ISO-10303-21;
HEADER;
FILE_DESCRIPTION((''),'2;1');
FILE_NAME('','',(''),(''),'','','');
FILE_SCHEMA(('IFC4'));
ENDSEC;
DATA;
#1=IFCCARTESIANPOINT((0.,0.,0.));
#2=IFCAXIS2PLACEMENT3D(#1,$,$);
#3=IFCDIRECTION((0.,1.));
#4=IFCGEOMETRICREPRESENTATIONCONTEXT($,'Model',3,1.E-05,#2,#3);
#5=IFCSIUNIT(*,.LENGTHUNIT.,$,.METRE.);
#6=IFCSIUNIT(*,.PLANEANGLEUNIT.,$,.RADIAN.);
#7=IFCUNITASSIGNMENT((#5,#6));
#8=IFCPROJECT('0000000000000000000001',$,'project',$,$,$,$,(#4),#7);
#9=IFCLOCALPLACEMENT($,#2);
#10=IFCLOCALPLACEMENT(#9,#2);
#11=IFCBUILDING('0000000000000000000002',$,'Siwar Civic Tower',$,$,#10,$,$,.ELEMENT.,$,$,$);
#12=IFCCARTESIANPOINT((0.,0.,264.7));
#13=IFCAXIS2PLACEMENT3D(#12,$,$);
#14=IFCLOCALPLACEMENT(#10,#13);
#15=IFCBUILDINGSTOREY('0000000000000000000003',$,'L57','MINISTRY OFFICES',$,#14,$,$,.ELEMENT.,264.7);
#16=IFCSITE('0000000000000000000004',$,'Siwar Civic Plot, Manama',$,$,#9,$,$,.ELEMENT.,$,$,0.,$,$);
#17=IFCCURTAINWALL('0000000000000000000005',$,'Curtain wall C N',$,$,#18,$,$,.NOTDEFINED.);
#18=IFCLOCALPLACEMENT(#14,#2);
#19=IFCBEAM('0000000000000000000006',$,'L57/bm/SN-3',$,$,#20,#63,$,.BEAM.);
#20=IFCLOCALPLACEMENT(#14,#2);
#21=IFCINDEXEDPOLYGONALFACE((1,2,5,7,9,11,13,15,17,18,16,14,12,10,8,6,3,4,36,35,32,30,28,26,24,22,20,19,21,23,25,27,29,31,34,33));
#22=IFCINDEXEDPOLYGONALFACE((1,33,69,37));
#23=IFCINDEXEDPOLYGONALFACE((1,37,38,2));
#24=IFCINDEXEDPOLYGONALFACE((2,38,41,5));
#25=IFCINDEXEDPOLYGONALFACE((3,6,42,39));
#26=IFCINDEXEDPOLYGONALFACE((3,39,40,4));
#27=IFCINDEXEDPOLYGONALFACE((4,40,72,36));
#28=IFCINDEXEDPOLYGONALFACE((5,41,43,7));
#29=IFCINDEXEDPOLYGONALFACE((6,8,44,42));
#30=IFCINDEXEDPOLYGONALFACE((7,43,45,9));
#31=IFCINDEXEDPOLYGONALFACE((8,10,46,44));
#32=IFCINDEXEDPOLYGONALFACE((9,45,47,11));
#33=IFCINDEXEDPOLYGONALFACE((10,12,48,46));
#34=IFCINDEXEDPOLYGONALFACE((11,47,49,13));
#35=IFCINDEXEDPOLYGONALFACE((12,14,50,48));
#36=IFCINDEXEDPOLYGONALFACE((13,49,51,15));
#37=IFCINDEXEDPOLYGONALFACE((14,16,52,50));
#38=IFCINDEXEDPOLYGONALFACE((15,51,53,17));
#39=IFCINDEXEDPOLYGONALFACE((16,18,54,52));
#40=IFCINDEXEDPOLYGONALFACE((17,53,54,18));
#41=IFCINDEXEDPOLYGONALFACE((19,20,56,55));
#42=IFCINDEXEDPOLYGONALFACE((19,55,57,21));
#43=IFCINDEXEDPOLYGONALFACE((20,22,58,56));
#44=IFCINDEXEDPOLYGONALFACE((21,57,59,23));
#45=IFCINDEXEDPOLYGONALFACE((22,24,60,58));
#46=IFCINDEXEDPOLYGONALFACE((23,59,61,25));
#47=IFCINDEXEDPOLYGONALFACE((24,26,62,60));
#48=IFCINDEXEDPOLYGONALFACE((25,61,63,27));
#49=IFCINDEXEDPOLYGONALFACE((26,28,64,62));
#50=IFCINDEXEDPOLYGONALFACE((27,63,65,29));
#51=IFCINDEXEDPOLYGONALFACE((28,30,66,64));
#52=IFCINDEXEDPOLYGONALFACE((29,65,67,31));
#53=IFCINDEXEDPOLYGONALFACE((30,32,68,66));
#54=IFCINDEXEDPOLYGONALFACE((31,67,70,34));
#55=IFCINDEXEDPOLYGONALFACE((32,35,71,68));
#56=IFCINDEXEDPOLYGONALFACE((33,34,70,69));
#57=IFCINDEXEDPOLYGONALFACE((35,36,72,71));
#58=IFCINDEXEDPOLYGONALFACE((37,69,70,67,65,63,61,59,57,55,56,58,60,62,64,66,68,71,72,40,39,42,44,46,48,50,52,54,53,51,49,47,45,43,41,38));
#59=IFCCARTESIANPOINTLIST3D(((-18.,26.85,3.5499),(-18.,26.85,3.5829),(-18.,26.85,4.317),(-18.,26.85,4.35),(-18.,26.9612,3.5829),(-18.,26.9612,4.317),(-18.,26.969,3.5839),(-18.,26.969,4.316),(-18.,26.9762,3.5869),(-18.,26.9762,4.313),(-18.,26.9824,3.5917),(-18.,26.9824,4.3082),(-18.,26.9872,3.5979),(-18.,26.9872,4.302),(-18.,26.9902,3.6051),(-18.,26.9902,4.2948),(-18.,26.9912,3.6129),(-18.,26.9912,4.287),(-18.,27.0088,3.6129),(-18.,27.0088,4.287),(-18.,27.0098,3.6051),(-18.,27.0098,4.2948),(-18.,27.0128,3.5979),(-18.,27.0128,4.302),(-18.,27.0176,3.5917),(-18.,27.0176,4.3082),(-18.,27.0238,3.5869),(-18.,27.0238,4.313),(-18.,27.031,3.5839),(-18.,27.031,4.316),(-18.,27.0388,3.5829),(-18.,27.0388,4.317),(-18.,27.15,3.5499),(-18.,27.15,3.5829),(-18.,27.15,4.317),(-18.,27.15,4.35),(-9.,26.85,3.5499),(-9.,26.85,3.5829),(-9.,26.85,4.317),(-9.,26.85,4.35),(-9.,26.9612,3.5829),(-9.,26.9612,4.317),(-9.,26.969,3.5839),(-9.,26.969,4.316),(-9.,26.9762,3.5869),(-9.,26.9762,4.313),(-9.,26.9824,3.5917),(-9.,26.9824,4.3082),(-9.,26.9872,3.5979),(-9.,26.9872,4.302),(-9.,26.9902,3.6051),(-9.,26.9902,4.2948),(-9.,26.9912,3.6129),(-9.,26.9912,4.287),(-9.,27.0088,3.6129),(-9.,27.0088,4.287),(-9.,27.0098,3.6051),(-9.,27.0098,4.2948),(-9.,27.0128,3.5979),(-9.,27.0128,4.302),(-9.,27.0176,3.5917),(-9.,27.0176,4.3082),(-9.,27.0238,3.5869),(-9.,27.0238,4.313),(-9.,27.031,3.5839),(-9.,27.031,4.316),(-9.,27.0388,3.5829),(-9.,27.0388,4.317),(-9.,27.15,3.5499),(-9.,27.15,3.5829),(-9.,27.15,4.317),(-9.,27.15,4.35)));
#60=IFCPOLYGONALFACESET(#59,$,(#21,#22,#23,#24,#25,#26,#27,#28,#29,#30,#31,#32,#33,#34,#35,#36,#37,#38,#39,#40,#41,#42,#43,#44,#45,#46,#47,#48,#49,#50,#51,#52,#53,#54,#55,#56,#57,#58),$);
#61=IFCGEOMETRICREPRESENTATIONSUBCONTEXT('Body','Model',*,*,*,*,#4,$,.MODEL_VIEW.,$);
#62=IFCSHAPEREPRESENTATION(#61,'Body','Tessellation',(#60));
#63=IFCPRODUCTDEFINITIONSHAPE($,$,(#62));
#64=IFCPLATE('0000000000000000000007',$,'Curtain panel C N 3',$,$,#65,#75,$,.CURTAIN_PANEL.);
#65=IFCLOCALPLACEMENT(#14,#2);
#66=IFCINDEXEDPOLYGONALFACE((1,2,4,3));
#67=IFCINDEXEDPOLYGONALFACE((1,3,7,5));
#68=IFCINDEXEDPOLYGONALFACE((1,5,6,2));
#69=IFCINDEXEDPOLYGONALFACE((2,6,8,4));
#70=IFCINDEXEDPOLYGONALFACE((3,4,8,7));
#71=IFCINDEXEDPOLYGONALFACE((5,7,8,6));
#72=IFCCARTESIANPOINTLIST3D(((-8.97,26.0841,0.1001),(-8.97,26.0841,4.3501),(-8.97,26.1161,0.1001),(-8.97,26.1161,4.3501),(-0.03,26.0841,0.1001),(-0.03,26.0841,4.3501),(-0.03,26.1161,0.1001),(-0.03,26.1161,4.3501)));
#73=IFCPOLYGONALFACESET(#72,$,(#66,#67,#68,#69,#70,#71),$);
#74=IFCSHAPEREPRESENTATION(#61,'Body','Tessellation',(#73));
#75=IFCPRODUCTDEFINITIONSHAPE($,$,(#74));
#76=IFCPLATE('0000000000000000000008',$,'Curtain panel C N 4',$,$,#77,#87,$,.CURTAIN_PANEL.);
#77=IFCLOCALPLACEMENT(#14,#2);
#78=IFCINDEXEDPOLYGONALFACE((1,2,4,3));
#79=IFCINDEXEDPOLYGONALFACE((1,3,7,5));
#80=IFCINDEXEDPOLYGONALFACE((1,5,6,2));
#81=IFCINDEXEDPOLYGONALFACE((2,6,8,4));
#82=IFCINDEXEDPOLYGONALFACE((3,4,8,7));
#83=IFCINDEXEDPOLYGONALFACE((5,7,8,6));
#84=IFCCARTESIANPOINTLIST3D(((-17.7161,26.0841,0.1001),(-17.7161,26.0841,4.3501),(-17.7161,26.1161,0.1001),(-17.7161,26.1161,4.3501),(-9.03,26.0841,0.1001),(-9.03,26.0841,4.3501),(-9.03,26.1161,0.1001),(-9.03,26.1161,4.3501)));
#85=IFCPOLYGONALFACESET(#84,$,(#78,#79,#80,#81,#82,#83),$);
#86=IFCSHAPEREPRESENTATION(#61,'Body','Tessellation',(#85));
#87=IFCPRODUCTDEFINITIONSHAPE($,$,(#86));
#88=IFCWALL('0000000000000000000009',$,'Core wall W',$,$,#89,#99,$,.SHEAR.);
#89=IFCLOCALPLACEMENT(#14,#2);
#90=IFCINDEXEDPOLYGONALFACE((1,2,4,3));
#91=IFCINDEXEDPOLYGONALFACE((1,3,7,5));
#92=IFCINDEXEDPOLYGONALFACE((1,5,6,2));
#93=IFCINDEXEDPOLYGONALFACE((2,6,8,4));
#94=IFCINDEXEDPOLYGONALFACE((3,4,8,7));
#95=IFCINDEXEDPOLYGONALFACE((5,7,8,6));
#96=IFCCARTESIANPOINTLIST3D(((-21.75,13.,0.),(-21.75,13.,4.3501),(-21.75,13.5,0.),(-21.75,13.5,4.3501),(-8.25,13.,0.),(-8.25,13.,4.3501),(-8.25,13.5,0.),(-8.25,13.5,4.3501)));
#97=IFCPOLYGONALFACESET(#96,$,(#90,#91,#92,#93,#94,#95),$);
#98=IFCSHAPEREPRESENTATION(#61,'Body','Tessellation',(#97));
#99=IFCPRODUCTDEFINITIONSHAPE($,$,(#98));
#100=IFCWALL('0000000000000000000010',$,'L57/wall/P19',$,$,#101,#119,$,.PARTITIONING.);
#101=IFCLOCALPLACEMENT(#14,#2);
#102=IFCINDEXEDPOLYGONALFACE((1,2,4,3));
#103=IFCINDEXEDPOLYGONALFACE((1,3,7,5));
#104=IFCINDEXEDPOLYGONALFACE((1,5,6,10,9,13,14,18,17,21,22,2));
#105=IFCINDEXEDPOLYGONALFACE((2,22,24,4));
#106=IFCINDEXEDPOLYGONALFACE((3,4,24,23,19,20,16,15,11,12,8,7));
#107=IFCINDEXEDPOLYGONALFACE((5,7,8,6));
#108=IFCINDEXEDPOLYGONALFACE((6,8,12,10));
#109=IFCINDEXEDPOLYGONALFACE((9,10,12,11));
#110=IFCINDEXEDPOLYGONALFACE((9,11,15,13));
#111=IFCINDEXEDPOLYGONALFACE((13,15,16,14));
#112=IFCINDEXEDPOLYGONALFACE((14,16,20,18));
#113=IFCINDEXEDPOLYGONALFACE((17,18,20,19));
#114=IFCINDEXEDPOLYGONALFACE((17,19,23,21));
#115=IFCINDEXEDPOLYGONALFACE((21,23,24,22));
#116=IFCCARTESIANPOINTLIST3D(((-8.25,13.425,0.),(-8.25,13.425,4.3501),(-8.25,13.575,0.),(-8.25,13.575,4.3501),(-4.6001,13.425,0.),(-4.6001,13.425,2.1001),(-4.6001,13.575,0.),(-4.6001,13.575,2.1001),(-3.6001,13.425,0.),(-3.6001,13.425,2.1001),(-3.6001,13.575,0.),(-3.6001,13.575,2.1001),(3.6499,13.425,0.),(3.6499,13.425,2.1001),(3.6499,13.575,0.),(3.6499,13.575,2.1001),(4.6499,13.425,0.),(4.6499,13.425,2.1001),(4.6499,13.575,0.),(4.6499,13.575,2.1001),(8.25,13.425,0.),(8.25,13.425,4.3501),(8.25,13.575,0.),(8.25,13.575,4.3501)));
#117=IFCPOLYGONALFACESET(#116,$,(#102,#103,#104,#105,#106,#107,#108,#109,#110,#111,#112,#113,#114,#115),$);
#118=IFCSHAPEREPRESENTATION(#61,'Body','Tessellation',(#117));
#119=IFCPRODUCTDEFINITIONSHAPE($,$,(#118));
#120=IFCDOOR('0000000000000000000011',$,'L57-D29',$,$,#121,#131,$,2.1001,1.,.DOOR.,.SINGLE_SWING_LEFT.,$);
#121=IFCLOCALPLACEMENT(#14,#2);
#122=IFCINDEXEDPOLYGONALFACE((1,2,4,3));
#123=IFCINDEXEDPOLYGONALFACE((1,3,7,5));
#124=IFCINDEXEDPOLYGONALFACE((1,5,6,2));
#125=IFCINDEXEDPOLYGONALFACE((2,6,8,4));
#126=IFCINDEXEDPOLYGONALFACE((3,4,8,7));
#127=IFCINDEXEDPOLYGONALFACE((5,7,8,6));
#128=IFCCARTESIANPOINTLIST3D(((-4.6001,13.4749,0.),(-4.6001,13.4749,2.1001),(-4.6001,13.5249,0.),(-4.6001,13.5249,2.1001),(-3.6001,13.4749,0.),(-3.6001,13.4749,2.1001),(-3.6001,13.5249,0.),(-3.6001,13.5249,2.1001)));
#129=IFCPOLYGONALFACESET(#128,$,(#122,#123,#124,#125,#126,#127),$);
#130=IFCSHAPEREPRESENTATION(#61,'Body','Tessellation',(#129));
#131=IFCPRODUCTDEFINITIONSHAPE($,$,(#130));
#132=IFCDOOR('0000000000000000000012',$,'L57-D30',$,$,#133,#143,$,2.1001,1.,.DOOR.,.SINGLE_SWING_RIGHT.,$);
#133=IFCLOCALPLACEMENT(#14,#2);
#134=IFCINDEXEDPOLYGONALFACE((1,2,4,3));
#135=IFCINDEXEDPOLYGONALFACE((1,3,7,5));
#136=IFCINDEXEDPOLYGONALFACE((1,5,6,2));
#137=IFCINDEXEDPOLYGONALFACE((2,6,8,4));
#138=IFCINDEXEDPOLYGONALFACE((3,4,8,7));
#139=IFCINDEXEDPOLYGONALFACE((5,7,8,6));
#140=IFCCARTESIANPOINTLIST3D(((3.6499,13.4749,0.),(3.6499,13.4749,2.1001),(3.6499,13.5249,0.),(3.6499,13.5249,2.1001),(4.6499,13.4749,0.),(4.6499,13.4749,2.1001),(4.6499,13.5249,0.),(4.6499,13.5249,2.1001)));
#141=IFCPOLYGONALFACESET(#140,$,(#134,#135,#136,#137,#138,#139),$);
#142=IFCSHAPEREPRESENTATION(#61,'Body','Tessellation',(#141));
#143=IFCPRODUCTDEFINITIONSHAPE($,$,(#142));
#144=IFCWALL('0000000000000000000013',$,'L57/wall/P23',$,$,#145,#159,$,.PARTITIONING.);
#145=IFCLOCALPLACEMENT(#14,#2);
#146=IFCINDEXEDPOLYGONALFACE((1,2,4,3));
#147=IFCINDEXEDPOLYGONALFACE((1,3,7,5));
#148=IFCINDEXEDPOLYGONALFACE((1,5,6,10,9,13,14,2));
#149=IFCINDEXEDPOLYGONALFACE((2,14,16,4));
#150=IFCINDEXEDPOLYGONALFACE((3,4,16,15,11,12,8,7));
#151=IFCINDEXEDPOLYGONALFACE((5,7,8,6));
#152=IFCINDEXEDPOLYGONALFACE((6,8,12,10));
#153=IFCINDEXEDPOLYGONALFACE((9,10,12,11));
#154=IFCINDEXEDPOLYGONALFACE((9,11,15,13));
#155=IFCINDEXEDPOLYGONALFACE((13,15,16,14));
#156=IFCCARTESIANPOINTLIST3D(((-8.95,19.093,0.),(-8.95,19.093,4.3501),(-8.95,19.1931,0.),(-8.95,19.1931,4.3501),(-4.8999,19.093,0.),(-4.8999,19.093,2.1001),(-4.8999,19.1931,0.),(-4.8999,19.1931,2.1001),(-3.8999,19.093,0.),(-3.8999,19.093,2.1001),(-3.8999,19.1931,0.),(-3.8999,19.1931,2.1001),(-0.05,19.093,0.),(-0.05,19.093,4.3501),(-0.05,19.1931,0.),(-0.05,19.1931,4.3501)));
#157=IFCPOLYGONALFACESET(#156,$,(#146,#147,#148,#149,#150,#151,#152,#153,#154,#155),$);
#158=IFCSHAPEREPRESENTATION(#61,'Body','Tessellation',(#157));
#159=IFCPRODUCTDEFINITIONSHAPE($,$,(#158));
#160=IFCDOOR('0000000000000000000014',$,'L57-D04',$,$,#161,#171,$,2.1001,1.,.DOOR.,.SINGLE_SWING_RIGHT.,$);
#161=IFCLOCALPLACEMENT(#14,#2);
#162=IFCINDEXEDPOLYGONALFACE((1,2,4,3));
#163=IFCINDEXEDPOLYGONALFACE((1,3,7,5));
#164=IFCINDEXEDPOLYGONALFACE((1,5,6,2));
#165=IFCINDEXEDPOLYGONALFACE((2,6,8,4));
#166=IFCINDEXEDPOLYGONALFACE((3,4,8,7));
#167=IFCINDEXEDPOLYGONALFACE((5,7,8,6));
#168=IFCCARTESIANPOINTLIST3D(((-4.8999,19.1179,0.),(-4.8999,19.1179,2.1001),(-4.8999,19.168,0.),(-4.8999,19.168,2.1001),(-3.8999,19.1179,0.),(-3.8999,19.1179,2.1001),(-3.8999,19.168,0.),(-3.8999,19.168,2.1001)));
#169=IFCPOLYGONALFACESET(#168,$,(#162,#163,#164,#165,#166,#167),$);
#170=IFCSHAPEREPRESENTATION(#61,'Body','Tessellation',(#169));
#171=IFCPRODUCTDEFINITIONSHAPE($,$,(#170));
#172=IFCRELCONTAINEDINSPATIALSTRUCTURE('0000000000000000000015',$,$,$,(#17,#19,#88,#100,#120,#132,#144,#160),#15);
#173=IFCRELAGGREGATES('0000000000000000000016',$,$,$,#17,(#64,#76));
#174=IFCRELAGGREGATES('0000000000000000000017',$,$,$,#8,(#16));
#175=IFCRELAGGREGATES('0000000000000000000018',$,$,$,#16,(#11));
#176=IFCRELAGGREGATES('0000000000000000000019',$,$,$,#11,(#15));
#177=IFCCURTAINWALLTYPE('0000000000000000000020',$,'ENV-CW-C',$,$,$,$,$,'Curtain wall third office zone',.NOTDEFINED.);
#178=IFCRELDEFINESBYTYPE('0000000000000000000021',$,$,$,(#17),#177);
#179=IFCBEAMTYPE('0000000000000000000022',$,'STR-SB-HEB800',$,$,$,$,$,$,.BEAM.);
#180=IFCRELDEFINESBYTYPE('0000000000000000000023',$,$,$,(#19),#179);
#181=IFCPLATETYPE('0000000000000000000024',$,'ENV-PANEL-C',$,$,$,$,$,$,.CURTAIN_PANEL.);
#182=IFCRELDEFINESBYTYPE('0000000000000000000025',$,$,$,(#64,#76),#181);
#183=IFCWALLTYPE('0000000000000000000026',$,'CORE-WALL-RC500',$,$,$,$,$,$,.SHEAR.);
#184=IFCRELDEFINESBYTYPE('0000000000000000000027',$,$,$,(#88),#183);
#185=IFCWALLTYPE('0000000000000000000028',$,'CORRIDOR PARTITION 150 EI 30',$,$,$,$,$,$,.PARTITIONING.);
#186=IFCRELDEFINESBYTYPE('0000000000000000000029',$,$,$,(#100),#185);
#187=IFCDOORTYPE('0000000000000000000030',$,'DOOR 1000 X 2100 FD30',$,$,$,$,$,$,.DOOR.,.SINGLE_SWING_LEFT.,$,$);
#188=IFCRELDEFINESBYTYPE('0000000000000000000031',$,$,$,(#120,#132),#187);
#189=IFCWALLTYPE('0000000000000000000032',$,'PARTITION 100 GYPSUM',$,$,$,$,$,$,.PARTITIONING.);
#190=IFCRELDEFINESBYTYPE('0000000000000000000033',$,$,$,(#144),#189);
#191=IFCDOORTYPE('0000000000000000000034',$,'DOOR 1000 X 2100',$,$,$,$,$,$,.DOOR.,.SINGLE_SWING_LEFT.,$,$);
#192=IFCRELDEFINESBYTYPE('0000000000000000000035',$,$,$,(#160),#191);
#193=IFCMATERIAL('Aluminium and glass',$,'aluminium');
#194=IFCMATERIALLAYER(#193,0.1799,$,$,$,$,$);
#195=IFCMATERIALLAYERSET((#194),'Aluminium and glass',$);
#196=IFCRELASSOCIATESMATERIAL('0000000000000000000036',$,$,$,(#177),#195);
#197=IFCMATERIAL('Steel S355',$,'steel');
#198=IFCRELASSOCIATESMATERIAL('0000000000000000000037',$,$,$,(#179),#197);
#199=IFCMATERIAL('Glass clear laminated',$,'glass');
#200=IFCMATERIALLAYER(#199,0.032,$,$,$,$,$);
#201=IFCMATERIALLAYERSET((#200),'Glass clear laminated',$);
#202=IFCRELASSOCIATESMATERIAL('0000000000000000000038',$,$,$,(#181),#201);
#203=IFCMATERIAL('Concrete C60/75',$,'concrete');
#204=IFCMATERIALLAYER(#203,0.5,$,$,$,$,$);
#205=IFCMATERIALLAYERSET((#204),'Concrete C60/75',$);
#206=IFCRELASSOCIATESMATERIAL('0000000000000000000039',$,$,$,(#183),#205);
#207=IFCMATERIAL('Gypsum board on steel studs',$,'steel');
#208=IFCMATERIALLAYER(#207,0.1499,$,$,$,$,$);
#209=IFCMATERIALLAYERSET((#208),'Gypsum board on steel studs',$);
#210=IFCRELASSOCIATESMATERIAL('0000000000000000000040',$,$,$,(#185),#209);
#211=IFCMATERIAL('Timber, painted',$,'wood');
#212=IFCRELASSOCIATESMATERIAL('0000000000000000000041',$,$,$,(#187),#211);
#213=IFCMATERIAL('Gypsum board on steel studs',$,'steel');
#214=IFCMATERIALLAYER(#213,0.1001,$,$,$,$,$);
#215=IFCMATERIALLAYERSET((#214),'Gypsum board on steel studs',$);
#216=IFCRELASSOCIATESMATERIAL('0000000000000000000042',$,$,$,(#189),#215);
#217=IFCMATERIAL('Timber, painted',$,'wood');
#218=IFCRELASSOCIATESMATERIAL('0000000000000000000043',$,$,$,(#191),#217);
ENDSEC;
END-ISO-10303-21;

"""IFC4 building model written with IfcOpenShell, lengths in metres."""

from ifc_helpers import new_model, si_unit, direction, frame, frame_2d, origin, origin_2d, place, context, subcontext, project, spatial, rectangle, i_section, extrude, material, layer, layer_set, material_profile, profile_set, type_object, element, fill, aggregate, save


model = new_model("IFC4")

# Units and contexts
model_context = context("Model", 3, precision=1e-05, world=origin(), true_north=direction((0.0, 1.0)))
body_context = subcontext(model_context, "Body", "Model", "MODEL_VIEW")
ifc_project = project(units=[si_unit("LENGTHUNIT", "METRE"), si_unit("PLANEANGLEUNIT", "RADIAN")], contexts=[model_context])

# Site, building, storey
site_placement = place(None, origin())
site = spatial("IfcSite", under=ifc_project, at=site_placement, Name="Siwar Civic Plot, Manama", CompositionType="ELEMENT", RefElevation=0.0)
building_placement = place(site_placement, origin())
building = spatial("IfcBuilding", under=site, at=building_placement, Name="Siwar Civic Tower", CompositionType="ELEMENT")
storey_placement = place(building_placement, frame((0.0, 0.0, 264.7)))
storey = spatial("IfcBuildingStorey", under=building, at=storey_placement, Name="L57", Description="MINISTRY OFFICES", CompositionType="ELEMENT", Elevation=264.7)

# Curtain wall
ifc_material_1 = material(Name="Aluminium and glass", Category="aluminium")
ifc_layer_1 = layer(ifc_material_1, 0.1799)
ifc_layer_set_1 = layer_set([ifc_layer_1], Name="Aluminium and glass")
curtain_wall_type_1 = type_object("IfcCurtainWallType", Name="ENV-CW-C", ElementType="Curtain wall third office zone", PredefinedType="NOTDEFINED", material=ifc_layer_set_1)
curtain_wall_1_placement = place(storey_placement, origin())
curtain_wall_1 = element("IfcCurtainWall", 1, at=curtain_wall_1_placement, inside=storey, type_object=curtain_wall_type_1, Name="Curtain wall C N", PredefinedType="NOTDEFINED")

# Beam
ifc_material_2 = material(Name="Steel S355", Category="steel")
ifc_material_profile_1 = material_profile(ifc_material_2, i_section(OverallWidth=0.3, OverallDepth=0.8, WebThickness=0.0176, FlangeThickness=0.033, FilletRadius=0.03, at=origin_2d()), Name="HEB800")
ifc_profile_set_1 = profile_set([ifc_material_profile_1], Name="Steel S355")
beam_type_1 = type_object("IfcBeamType", Name="STR-SB-HEB800", PredefinedType="BEAM", material=ifc_profile_set_1)
for number, where, z_axis, x_axis, name in (
    (2, (-9.0, 27.0, 3.95), (-1.0, 0.0, 0.0), (0.0, -1.0, 0.0), "L57/bm/SN-3"),
):
    element("IfcBeam", number, at=place(storey_placement, frame(where, z_axis=z_axis, x_axis=x_axis)), inside=storey, type_object=beam_type_1, Name=name, PredefinedType="BEAM", context=body_context, shape_type="SweptSolid", body=[
        extrude(i_section(OverallWidth=0.3, OverallDepth=0.8, WebThickness=0.0176, FlangeThickness=0.033, FilletRadius=0.03, at=origin_2d()), origin(), (0.0, 0.0, 1.0), 9.0),
    ])

# Plates
ifc_material_3 = material(Name="Glass clear laminated", Category="glass")
ifc_layer_2 = layer(ifc_material_3, 0.032)
ifc_layer_set_2 = layer_set([ifc_layer_2], Name="Glass clear laminated")
plate_type = type_object("IfcPlateType", Name="ENV-PANEL-C", PredefinedType="CURTAIN_PANEL", material=ifc_layer_set_2)
plate_1_placement = place(storey_placement, frame((-4.5, 26.1001, 0.1001), z_axis=(0.0, 0.0, 1.0), x_axis=(-1.0, 0.0, 0.0)))
plate_1 = element("IfcPlate", 3, at=plate_1_placement, type_object=plate_type, Name="Curtain panel C N 3", PredefinedType="CURTAIN_PANEL", context=body_context, shape_type="SweptSolid", body=[
    extrude(rectangle(XDim=8.9399, YDim=0.032, at=origin_2d()), origin(), (0.0, 0.0, 1.0), 4.25),
])
plate_2_placement = place(storey_placement, frame((-13.373, 26.1001, 0.1001), z_axis=(0.0, 0.0, 1.0), x_axis=(-1.0, 0.0, 0.0)))
plate_2 = element("IfcPlate", 4, at=plate_2_placement, type_object=plate_type, Name="Curtain panel C N 4", PredefinedType="CURTAIN_PANEL", context=body_context, shape_type="SweptSolid", body=[
    extrude(rectangle(XDim=8.686, YDim=0.032, at=origin_2d()), origin(), (0.0, 0.0, 1.0), 4.25),
])
aggregate(curtain_wall_1, [plate_1, plate_2])

# Wall
ifc_material_4 = material(Name="Concrete C60/75", Category="concrete")
ifc_layer_3 = layer(ifc_material_4, 0.5)
ifc_layer_set_3 = layer_set([ifc_layer_3], Name="Concrete C60/75")
wall_type_1 = type_object("IfcWallType", Name="CORE-WALL-RC500", PredefinedType="SHEAR", material=ifc_layer_set_3)
wall_1_placement = place(storey_placement, frame((-8.25, 13.25, 0.0), z_axis=(0.0, 0.0, 1.0), x_axis=(-1.0, 0.0, 0.0)))
element("IfcWall", 5, at=wall_1_placement, inside=storey, type_object=wall_type_1, Name="Core wall W", PredefinedType="SHEAR", context=body_context, shape_type="SweptSolid", body=[
    extrude(rectangle(XDim=13.5, YDim=0.5, at=frame_2d((6.75, 0.0))), origin(), (0.0, 0.0, 1.0), 4.3501),
])

# Wall, openings, doors
ifc_material_5 = material(Name="Gypsum board on steel studs", Category="steel")
ifc_layer_4 = layer(ifc_material_5, 0.1499)
ifc_layer_set_4 = layer_set([ifc_layer_4], Name="Gypsum board on steel studs")
wall_type_2 = type_object("IfcWallType", Name="CORRIDOR PARTITION 150 EI 30", PredefinedType="PARTITIONING", material=ifc_layer_set_4)
wall_2_placement = place(storey_placement, frame((-8.25, 13.5, 0.0), z_axis=(0.0, 0.0, 1.0), x_axis=(1.0, 0.0, 0.0)))
wall_2 = element("IfcWall", 6, at=wall_2_placement, inside=storey, type_object=wall_type_2, Name="L57/wall/P19", PredefinedType="PARTITIONING", context=body_context, shape_type="SweptSolid", body=[
    extrude(rectangle(XDim=16.5, YDim=0.1499, at=frame_2d((8.25, 0.0))), origin(), (0.0, 0.0, 1.0), 4.3501),
])
opening_1_placement = place(wall_2_placement, frame((3.6499, 0.0, 0.0)))
opening_1 = element("IfcOpeningElement", 7, at=opening_1_placement, cuts=wall_2, PredefinedType="OPENING", context=body_context, shape_type="SweptSolid", body=[
    extrude(rectangle(XDim=1.0, YDim=2.1001, at=frame_2d((0.5, 1.05))), frame((0.0, 0.085, 0.0), z_axis=(0.0, -1.0, 0.0), x_axis=(1.0, 0.0, 0.0)), (0.0, 0.0, 1.0), 0.1699),
])
opening_2_placement = place(wall_2_placement, frame((11.8999, 0.0, 0.0)))
opening_2 = element("IfcOpeningElement", 8, at=opening_2_placement, cuts=wall_2, PredefinedType="OPENING", context=body_context, shape_type="SweptSolid", body=[
    extrude(rectangle(XDim=1.0, YDim=2.1001, at=frame_2d((0.5, 1.05))), frame((0.0, 0.085, 0.0), z_axis=(0.0, -1.0, 0.0), x_axis=(1.0, 0.0, 0.0)), (0.0, 0.0, 1.0), 0.1699),
])
ifc_material_6 = material(Name="Timber, painted", Category="wood")
door_type_1 = type_object("IfcDoorType", Name="DOOR 1000 X 2100 FD30", OperationType="SINGLE_SWING_LEFT", PredefinedType="DOOR", material=ifc_material_6)
door_1_placement = place(opening_1_placement, origin())
door_1 = element("IfcDoor", 9, at=door_1_placement, inside=storey, type_object=door_type_1, Name="L57-D29", OperationType="SINGLE_SWING_LEFT", OverallHeight=2.1001, OverallWidth=1.0, PredefinedType="DOOR", context=body_context, shape_type="SweptSolid", body=[
    extrude(rectangle(XDim=1.0, YDim=2.1001, at=frame_2d((0.5, 1.05))), frame((0.0, 0.0249, 0.0), z_axis=(0.0, -1.0, 0.0), x_axis=(1.0, 0.0, 0.0)), (0.0, 0.0, 1.0), 0.05),
])
fill(opening_1, door_1)
door_2_placement = place(opening_2_placement, origin())
door_2 = element("IfcDoor", 10, at=door_2_placement, inside=storey, type_object=door_type_1, Name="L57-D30", OperationType="SINGLE_SWING_RIGHT", OverallHeight=2.1001, OverallWidth=1.0, PredefinedType="DOOR", context=body_context, shape_type="SweptSolid", body=[
    extrude(rectangle(XDim=1.0, YDim=2.1001, at=frame_2d((0.5, 1.05))), frame((0.0, 0.0249, 0.0), z_axis=(0.0, -1.0, 0.0), x_axis=(1.0, 0.0, 0.0)), (0.0, 0.0, 1.0), 0.05),
])
fill(opening_2, door_2)

# Wall, opening, door
ifc_material_7 = material(Name="Gypsum board on steel studs", Category="steel")
ifc_layer_5 = layer(ifc_material_7, 0.1001)
ifc_layer_set_5 = layer_set([ifc_layer_5], Name="Gypsum board on steel studs")
wall_type_3 = type_object("IfcWallType", Name="PARTITION 100 GYPSUM", PredefinedType="PARTITIONING", material=ifc_layer_set_5)
wall_3_placement = place(storey_placement, frame((-8.95, 19.1431, 0.0), z_axis=(0.0, 0.0, 1.0), x_axis=(1.0, 0.0, 0.0)))
wall_3 = element("IfcWall", 11, at=wall_3_placement, inside=storey, type_object=wall_type_3, Name="L57/wall/P23", PredefinedType="PARTITIONING", context=body_context, shape_type="SweptSolid", body=[
    extrude(rectangle(XDim=8.8999, YDim=0.1001, at=frame_2d((4.45, 0.0))), origin(), (0.0, 0.0, 1.0), 4.3501),
])
opening_3_placement = place(wall_3_placement, frame((4.05, 0.0, 0.0)))
opening_3 = element("IfcOpeningElement", 12, at=opening_3_placement, cuts=wall_3, PredefinedType="OPENING", context=body_context, shape_type="SweptSolid", body=[
    extrude(rectangle(XDim=1.0, YDim=2.1001, at=frame_2d((0.5, 1.05))), frame((0.0, 0.0601, 0.0), z_axis=(0.0, -1.0, 0.0), x_axis=(1.0, 0.0, 0.0)), (0.0, 0.0, 1.0), 0.1201),
])
ifc_material_8 = material(Name="Timber, painted", Category="wood")
door_type_2 = type_object("IfcDoorType", Name="DOOR 1000 X 2100", OperationType="SINGLE_SWING_LEFT", PredefinedType="DOOR", material=ifc_material_8)
door_3_placement = place(opening_3_placement, origin())
door_3 = element("IfcDoor", 13, at=door_3_placement, inside=storey, type_object=door_type_2, Name="L57-D04", OperationType="SINGLE_SWING_RIGHT", OverallHeight=2.1001, OverallWidth=1.0, PredefinedType="DOOR", context=body_context, shape_type="SweptSolid", body=[
    extrude(rectangle(XDim=1.0, YDim=2.1001, at=frame_2d((0.5, 1.05))), frame((0.0, 0.0249, 0.0), z_axis=(0.0, -1.0, 0.0), x_axis=(1.0, 0.0, 0.0)), (0.0, 0.0, 1.0), 0.05),
])
fill(opening_3, door_3)

save(model, "model.ifc")
